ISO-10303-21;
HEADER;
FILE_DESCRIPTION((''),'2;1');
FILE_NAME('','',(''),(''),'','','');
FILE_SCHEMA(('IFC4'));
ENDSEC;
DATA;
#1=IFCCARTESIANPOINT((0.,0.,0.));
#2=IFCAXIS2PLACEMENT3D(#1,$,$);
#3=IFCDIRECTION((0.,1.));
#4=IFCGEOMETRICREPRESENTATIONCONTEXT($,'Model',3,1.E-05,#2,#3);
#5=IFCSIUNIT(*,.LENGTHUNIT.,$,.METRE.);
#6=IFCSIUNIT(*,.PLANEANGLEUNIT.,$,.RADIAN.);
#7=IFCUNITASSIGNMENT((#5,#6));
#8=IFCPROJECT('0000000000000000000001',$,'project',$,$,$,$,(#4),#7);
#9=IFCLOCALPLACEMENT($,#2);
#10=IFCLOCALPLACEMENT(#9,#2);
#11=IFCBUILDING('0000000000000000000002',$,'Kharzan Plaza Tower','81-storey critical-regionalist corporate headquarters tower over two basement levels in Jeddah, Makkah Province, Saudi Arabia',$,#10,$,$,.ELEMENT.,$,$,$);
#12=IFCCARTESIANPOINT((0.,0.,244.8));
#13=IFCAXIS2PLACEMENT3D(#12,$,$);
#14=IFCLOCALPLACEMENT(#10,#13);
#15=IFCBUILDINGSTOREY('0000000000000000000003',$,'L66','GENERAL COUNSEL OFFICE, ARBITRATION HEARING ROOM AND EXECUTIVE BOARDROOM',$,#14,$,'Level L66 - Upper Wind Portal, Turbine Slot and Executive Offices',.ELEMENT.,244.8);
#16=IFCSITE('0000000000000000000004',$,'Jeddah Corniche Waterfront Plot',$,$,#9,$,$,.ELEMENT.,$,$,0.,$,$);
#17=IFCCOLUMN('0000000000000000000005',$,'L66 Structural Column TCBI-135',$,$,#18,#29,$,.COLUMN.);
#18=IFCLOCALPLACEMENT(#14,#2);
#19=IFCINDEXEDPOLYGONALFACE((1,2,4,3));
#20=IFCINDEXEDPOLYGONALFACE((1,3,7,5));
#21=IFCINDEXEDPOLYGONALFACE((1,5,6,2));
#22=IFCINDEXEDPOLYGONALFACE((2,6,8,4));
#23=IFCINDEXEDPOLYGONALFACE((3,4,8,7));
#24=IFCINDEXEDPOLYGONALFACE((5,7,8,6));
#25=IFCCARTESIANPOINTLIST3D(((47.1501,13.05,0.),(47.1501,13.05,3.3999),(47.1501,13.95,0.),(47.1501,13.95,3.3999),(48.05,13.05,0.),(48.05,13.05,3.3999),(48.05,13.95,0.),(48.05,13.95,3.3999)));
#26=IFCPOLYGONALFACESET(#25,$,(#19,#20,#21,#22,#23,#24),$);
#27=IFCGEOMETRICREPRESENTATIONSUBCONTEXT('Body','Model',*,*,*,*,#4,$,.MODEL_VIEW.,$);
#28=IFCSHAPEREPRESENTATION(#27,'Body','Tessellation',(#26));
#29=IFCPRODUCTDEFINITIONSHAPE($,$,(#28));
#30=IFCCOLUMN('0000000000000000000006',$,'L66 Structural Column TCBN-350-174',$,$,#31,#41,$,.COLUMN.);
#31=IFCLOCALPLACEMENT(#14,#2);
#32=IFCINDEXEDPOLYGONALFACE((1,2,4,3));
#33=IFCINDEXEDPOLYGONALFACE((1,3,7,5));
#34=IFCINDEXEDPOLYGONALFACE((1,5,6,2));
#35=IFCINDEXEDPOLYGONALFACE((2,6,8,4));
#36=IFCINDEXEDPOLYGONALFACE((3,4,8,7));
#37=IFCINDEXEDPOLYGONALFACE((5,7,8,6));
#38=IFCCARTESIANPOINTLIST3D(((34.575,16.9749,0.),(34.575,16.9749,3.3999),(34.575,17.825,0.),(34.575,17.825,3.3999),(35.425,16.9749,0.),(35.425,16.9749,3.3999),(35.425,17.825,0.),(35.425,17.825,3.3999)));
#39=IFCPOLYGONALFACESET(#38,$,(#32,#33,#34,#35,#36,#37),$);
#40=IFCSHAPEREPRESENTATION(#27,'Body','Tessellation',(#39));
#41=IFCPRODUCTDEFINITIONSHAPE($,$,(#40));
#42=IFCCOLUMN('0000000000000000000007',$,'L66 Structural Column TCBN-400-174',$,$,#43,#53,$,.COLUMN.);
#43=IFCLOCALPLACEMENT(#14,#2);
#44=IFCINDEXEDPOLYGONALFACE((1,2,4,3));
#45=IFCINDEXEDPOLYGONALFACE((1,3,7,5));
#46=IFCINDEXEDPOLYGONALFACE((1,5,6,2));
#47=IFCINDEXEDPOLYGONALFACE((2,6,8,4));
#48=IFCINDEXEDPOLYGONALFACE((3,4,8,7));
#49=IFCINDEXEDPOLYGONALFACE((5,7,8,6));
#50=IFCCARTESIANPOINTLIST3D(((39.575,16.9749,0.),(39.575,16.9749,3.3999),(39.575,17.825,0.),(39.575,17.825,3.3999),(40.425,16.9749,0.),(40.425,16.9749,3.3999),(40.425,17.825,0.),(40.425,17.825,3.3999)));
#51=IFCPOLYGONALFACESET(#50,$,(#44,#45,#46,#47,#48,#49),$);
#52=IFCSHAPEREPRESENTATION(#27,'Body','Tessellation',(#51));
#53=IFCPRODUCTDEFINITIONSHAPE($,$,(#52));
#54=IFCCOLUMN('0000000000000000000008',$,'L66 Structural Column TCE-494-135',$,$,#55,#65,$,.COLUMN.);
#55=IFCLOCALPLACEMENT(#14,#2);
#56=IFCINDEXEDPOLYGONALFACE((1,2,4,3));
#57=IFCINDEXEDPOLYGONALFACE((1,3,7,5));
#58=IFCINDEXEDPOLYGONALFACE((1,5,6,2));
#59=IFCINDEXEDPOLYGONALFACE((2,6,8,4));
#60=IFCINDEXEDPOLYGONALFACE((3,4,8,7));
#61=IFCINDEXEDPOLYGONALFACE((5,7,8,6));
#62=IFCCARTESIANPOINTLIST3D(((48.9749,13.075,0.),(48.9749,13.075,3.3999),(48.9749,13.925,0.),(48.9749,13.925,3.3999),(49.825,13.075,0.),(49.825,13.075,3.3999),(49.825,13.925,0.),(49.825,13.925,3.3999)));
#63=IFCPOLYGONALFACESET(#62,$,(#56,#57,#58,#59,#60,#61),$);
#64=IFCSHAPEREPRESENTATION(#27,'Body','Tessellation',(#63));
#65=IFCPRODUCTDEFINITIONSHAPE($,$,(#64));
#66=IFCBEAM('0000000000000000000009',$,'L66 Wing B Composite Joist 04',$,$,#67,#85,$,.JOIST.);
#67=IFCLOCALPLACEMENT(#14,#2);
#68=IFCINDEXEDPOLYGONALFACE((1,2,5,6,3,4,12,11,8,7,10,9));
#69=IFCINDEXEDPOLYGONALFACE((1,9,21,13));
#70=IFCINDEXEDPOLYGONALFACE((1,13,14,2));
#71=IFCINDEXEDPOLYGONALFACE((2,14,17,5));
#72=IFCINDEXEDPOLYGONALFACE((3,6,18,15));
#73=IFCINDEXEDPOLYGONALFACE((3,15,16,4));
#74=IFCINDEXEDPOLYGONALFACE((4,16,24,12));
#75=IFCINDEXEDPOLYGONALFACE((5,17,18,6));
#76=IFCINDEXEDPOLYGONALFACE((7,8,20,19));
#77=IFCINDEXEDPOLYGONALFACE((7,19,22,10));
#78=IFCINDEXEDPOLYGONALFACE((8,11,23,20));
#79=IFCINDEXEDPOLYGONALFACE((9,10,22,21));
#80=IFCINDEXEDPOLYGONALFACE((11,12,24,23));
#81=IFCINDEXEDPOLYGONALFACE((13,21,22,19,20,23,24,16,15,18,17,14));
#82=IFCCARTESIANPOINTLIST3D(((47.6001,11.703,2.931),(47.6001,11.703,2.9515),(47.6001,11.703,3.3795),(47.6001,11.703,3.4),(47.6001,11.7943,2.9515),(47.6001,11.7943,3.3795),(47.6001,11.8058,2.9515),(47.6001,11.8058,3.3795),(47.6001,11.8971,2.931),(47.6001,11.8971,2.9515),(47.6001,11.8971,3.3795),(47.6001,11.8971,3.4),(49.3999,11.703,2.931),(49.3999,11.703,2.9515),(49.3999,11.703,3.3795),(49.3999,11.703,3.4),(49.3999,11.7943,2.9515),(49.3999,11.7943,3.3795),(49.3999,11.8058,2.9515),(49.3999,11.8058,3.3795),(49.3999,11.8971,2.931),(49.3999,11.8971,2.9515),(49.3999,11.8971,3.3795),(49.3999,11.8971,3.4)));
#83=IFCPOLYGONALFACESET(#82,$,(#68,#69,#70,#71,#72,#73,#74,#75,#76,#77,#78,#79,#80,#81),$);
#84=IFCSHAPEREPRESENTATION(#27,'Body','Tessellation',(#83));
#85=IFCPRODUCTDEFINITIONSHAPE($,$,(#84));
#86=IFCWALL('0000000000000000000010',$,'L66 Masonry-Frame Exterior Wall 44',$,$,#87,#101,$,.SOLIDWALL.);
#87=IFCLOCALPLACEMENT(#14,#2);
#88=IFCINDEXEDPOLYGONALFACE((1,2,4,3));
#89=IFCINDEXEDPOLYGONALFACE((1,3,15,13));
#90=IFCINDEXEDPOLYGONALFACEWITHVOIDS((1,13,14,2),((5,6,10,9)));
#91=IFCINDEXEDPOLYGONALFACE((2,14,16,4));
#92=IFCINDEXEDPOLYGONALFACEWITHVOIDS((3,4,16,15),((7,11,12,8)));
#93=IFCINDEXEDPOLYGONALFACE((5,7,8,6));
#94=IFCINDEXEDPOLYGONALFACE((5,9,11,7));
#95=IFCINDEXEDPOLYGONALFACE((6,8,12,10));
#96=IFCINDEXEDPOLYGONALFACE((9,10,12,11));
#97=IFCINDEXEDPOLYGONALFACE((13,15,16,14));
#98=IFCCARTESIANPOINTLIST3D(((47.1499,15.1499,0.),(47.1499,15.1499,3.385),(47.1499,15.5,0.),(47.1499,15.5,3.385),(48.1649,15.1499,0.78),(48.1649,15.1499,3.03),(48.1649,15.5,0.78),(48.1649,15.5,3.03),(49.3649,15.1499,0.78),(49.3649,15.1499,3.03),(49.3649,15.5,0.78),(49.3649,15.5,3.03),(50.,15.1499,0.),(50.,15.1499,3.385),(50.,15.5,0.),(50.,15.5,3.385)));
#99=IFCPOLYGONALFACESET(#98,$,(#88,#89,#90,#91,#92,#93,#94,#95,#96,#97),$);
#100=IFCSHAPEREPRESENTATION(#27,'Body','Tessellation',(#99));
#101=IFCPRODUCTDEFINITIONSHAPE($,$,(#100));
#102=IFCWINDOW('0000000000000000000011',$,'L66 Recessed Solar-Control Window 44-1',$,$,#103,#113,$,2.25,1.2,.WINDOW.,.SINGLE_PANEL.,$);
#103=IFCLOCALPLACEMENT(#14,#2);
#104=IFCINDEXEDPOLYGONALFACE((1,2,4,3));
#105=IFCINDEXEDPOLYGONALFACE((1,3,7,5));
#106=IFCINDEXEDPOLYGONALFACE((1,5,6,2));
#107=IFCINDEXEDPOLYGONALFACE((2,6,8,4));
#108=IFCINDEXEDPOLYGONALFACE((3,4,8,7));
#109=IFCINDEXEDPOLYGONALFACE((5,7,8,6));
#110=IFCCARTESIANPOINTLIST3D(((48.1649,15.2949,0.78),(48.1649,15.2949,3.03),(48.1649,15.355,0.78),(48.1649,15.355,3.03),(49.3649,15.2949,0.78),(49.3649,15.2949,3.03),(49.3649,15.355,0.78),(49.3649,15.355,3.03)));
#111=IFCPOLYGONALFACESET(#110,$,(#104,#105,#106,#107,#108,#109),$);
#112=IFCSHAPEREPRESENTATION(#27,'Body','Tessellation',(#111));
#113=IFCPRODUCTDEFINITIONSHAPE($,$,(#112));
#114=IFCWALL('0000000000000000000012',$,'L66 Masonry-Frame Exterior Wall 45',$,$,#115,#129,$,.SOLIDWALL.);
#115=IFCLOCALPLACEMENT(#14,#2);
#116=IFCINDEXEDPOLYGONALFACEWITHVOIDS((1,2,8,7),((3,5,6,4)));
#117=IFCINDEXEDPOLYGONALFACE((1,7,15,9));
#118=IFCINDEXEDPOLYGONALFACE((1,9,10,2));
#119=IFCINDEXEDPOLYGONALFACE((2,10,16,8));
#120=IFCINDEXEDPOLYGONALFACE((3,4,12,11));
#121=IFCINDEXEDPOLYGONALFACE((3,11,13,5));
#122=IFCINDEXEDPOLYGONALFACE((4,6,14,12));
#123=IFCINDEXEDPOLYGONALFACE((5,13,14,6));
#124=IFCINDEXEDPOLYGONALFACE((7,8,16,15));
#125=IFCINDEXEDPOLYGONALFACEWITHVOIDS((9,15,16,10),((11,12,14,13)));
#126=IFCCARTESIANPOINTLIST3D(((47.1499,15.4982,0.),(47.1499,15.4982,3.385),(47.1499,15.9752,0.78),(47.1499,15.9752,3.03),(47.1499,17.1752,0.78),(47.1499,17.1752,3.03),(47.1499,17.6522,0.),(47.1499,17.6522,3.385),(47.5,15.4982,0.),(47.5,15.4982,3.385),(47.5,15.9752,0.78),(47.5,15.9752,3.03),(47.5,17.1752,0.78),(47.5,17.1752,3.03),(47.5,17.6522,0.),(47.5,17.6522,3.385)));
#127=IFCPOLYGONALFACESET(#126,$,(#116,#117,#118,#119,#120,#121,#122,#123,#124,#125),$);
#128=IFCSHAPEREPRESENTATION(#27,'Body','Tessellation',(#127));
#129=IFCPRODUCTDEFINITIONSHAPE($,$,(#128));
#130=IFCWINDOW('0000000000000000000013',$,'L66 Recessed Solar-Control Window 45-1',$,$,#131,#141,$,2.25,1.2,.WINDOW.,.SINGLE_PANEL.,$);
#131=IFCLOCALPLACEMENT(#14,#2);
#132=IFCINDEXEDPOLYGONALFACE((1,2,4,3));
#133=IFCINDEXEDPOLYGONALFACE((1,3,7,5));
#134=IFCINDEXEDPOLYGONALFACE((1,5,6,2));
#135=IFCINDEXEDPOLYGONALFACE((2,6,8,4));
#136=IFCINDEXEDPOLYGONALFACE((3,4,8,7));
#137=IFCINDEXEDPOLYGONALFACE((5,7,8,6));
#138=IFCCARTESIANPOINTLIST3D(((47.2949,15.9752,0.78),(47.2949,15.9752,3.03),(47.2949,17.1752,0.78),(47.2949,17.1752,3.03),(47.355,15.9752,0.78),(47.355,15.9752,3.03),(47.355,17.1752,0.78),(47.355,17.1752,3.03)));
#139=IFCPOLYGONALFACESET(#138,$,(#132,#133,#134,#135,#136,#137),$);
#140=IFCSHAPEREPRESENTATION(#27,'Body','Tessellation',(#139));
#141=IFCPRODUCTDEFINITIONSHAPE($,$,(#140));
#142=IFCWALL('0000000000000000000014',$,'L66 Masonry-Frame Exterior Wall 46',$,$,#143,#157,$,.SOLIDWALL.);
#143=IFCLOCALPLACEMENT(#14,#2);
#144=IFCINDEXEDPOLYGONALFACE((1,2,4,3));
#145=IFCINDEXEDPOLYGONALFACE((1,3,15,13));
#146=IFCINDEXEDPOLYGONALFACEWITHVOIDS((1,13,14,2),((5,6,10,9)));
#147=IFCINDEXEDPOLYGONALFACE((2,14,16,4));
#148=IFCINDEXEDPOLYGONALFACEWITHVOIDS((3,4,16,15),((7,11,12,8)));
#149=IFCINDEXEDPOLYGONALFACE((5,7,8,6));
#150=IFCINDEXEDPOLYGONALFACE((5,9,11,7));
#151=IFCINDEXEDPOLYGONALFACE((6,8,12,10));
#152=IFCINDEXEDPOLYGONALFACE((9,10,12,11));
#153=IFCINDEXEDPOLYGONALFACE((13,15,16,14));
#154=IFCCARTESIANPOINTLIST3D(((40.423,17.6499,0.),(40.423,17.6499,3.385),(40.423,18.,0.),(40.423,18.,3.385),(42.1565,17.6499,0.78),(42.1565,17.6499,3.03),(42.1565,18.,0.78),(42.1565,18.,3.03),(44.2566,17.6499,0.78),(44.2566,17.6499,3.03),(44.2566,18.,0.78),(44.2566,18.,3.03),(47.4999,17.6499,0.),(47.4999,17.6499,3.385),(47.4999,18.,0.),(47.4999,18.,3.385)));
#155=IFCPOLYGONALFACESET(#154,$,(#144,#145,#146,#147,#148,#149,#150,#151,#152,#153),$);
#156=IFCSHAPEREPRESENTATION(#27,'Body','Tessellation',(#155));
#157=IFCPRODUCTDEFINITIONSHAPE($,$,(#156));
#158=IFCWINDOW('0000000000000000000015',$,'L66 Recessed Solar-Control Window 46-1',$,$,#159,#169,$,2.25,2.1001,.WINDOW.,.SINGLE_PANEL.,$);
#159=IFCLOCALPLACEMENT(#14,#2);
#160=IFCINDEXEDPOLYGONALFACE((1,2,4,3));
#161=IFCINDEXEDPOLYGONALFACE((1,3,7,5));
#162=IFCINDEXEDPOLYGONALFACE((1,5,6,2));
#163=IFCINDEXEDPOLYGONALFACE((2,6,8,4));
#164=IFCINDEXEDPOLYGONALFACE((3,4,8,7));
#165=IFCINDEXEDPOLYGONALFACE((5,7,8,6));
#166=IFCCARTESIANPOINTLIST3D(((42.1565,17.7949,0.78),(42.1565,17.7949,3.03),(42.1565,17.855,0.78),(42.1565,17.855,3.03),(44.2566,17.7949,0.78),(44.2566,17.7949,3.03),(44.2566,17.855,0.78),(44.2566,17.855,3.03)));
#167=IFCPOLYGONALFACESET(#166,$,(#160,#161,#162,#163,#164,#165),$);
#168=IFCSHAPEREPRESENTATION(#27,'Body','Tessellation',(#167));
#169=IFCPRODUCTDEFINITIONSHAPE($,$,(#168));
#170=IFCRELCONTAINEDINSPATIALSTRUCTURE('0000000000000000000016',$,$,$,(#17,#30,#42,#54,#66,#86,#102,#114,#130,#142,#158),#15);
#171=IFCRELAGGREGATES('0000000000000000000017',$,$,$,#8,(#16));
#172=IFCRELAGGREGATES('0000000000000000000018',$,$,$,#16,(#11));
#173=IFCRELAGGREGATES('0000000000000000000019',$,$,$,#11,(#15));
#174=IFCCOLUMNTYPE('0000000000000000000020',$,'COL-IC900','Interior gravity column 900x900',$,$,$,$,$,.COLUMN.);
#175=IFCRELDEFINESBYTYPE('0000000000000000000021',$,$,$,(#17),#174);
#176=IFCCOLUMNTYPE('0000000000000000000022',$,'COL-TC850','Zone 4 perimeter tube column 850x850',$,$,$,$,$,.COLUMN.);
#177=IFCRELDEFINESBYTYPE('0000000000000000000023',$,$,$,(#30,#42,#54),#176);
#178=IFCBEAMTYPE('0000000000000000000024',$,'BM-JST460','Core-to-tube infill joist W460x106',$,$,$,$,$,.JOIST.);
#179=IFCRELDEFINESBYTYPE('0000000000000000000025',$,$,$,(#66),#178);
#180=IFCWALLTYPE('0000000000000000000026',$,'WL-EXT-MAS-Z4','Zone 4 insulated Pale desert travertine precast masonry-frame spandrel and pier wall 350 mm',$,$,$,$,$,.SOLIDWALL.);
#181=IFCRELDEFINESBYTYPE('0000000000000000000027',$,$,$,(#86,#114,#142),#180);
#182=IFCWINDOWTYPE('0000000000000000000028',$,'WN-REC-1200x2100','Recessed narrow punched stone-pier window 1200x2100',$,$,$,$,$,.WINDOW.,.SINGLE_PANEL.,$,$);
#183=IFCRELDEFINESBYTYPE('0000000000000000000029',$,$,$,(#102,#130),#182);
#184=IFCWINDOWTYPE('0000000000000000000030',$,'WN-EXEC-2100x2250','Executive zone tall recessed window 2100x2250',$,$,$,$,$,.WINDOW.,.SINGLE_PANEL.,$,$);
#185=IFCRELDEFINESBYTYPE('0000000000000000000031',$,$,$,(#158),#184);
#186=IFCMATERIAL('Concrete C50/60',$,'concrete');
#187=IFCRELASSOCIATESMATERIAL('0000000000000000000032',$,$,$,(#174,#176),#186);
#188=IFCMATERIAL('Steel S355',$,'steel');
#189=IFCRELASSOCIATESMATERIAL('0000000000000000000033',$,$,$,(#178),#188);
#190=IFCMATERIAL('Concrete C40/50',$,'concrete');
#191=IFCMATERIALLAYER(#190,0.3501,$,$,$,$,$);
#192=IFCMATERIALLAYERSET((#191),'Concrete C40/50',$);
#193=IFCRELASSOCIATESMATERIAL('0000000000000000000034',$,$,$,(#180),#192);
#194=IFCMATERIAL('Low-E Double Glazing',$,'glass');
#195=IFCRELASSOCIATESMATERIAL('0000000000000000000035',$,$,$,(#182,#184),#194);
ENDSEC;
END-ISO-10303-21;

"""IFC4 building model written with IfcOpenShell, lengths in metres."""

from ifc_helpers import new_model, si_unit, direction, frame, frame_2d, origin, origin_2d, place, context, subcontext, project, spatial, rectangle, i_section, extrude, source, transform, mapped, material, layer, layer_set, material_profile, profile_set, type_object, element, fill, save


model = new_model("IFC4")

# Units and contexts
model_context = context("Model", 3, precision=1e-05, world=origin(), true_north=direction((0.0, 1.0)))
body_context = subcontext(model_context, "Body", "Model", "MODEL_VIEW")
ifc_project = project(units=[si_unit("LENGTHUNIT", "METRE"), si_unit("PLANEANGLEUNIT", "RADIAN")], contexts=[model_context])

# Site, building, storey
site_placement = place(None, origin())
site = spatial("IfcSite", under=ifc_project, at=site_placement, Name="Jeddah Corniche Waterfront Plot", CompositionType="ELEMENT", RefElevation=0.0)
building_placement = place(site_placement, origin())
building = spatial("IfcBuilding", under=site, at=building_placement, Name="Kharzan Plaza Tower", Description="81-storey critical-regionalist corporate headquarters tower over two basement levels in Jeddah, Makkah Province, Saudi Arabia", CompositionType="ELEMENT")
storey_placement = place(building_placement, frame((0.0, 0.0, 244.8)))
storey = spatial("IfcBuildingStorey", under=building, at=storey_placement, Name="L66", Description="GENERAL COUNSEL OFFICE, ARBITRATION HEARING ROOM AND EXECUTIVE BOARDROOM", LongName="Level L66 - Upper Wind Portal, Turbine Slot and Executive Offices", CompositionType="ELEMENT", Elevation=244.8)

# Columns
ifc_material_1 = material(Name="Concrete C50/60", Category="concrete")
ifc_material_profile_1 = material_profile(ifc_material_1, rectangle(XDim=0.8999, YDim=0.8999, at=origin_2d()), Name="RC-IC900x900")
ifc_profile_set_1 = profile_set([ifc_material_profile_1], Name="Concrete C50/60")
column_type_1 = type_object("IfcColumnType", Name="COL-IC900", Description="Interior gravity column 900x900", PredefinedType="COLUMN", material=ifc_profile_set_1)
shared_shape_1 = source(origin(), body_context, "Body", "SweptSolid", [
    extrude(rectangle(XDim=0.8999, YDim=0.8999, at=origin_2d()), origin(), (0.0, 0.0, 1.0), 3.3999),
])
column_placement = place(storey_placement, frame((47.6001, 13.5, 0.0), z_axis=(0.0, 0.0, 1.0), x_axis=(1.0, 0.0, 0.0)))
element("IfcColumn", 1, at=column_placement, inside=storey, type_object=column_type_1, Name="L66 Structural Column TCBI-135", PredefinedType="COLUMN", context=body_context, shape_type="MappedRepresentation", body=[
    mapped(shared_shape_1, transform((0.0, 0.0, 0.0), x_axis=(1.0, 0.0, 0.0), y_axis=(0.0, 1.0, 0.0), z_axis=(0.0, 0.0, 1.0))),
])
ifc_material_profile_2 = material_profile(ifc_material_1, rectangle(XDim=0.8501, YDim=0.8501, at=origin_2d()), Name="RC-TC850x850")
ifc_profile_set_2 = profile_set([ifc_material_profile_2], Name="Concrete C50/60")
column_type_2 = type_object("IfcColumnType", Name="COL-TC850", Description="Zone 4 perimeter tube column 850x850", PredefinedType="COLUMN", material=ifc_profile_set_2)
shared_shape_2 = source(origin(), body_context, "Body", "SweptSolid", [
    extrude(rectangle(XDim=0.8501, YDim=0.8501, at=origin_2d()), origin(), (0.0, 0.0, 1.0), 3.3999),
])
for number, where, z_axis, x_axis, name in (
    (2, (35.0, 17.3999, 0.0), (0.0, 0.0, 1.0), (1.0, 0.0, 0.0), "L66 Structural Column TCBN-350-174"),
    (3, (40.0, 17.3999, 0.0), (0.0, 0.0, 1.0), (1.0, 0.0, 0.0), "L66 Structural Column TCBN-400-174"),
    (4, (49.3999, 13.5, 0.0), (0.0, 0.0, 1.0), (1.0, 0.0, 0.0), "L66 Structural Column TCE-494-135"),
):
    element("IfcColumn", number, at=place(storey_placement, frame(where, z_axis=z_axis, x_axis=x_axis)), inside=storey, type_object=column_type_2, Name=name, PredefinedType="COLUMN", context=body_context, shape_type="MappedRepresentation", body=[
        mapped(shared_shape_2, transform((0.0, 0.0, 0.0), x_axis=(1.0, 0.0, 0.0), y_axis=(0.0, 1.0, 0.0), z_axis=(0.0, 0.0, 1.0))),
    ])

# Beam
ifc_material_2 = material(Name="Steel S355", Category="steel")
ifc_material_profile_3 = material_profile(ifc_material_2, i_section(OverallWidth=0.1941, OverallDepth=0.469, WebThickness=0.0115, FlangeThickness=0.0205, at=origin_2d()), Name="W460x106")
ifc_profile_set_3 = profile_set([ifc_material_profile_3], Name="Steel S355")
beam_type = type_object("IfcBeamType", Name="BM-JST460", Description="Core-to-tube infill joist W460x106", PredefinedType="JOIST", material=ifc_profile_set_3)
shared_shape_3 = source(origin(), body_context, "Body", "SweptSolid", [
    extrude(i_section(OverallWidth=0.1941, OverallDepth=0.469, WebThickness=0.0115, FlangeThickness=0.0205, at=origin_2d()), origin(), (0.0, 0.0, 1.0), 1.7998),
])
beam_placement = place(storey_placement, frame((47.6001, 11.8, 3.1655), z_axis=(1.0, 0.0, 0.0), x_axis=(0.0, 1.0, 0.0)))
element("IfcBeam", 5, at=beam_placement, inside=storey, type_object=beam_type, Name="L66 Wing B Composite Joist 04", PredefinedType="JOIST", context=body_context, shape_type="MappedRepresentation", body=[
    mapped(shared_shape_3, transform((0.0, 0.0, 0.0), x_axis=(1.0, 0.0, 0.0), y_axis=(0.0, 1.0, 0.0), z_axis=(0.0, 0.0, 1.0))),
])

# Walls, openings, windows
ifc_material_3 = material(Name="Concrete C40/50", Category="concrete")
ifc_layer_1 = layer(ifc_material_3, 0.3501)
ifc_layer_set_1 = layer_set([ifc_layer_1], Name="Concrete C40/50")
wall_type_1 = type_object("IfcWallType", Name="WL-EXT-MAS-Z4", Description="Zone 4 insulated Pale desert travertine precast masonry-frame spandrel and pier wall 350 mm", PredefinedType="SOLIDWALL", material=ifc_layer_set_1)
wall_1_placement = place(storey_placement, frame((50.0, 15.325, 0.0), z_axis=(0.0, 0.0, 1.0), x_axis=(-1.0, 0.0, 0.0)))
wall_1 = element("IfcWall", 6, at=wall_1_placement, inside=storey, type_object=wall_type_1, Name="L66 Masonry-Frame Exterior Wall 44", PredefinedType="SOLIDWALL", context=body_context, shape_type="SweptSolid", body=[
    extrude(rectangle(XDim=2.8501, YDim=0.3501, at=frame_2d((1.425, 0.0))), origin(), (0.0, 0.0, 1.0), 3.385),
])
opening_1_placement = place(wall_1_placement, frame((0.635, 0.0, 0.78)))
opening_1 = element("IfcOpeningElement", 7, at=opening_1_placement, cuts=wall_1, PredefinedType="OPENING", context=body_context, shape_type="SweptSolid", body=[
    extrude(rectangle(XDim=1.2, YDim=2.25, at=frame_2d((0.6001, 1.125))), frame((0.0, 0.1851, 0.0), z_axis=(0.0, -1.0, 0.0), x_axis=(1.0, 0.0, 0.0)), (0.0, 0.0, 1.0), 0.3701),
])
ifc_material_4 = material(Name="Low-E Double Glazing", Category="glass")
window_type_1 = type_object("IfcWindowType", Name="WN-REC-1200x2100", Description="Recessed narrow punched stone-pier window 1200x2100", PartitioningType="SINGLE_PANEL", PredefinedType="WINDOW", material=ifc_material_4)
shared_shape_4 = source(origin(), body_context, "Body", "SweptSolid", [
    extrude(rectangle(XDim=1.2, YDim=2.25, at=frame_2d((0.6001, 1.125))), frame((0.0, 0.03, 0.0), z_axis=(0.0, -1.0, 0.0), x_axis=(1.0, 0.0, 0.0)), (0.0, 0.0, 1.0), 0.0601),
])
window_1_placement = place(opening_1_placement, origin())
window_1 = element("IfcWindow", 8, at=window_1_placement, inside=storey, type_object=window_type_1, Name="L66 Recessed Solar-Control Window 44-1", OverallHeight=2.25, OverallWidth=1.2, PartitioningType="SINGLE_PANEL", PredefinedType="WINDOW", context=body_context, shape_type="MappedRepresentation", body=[
    mapped(shared_shape_4, transform((0.0, 0.0, 0.0), x_axis=(1.0, 0.0, 0.0), y_axis=(0.0, 1.0, 0.0), z_axis=(0.0, 0.0, 1.0))),
])
fill(opening_1, window_1)
wall_2_placement = place(storey_placement, frame((47.325, 15.498, 0.0), z_axis=(0.0, 0.0, 1.0), x_axis=(0.0, 1.0, 0.0)))
wall_2 = element("IfcWall", 9, at=wall_2_placement, inside=storey, type_object=wall_type_1, Name="L66 Masonry-Frame Exterior Wall 45", PredefinedType="SOLIDWALL", context=body_context, shape_type="SweptSolid", body=[
    extrude(rectangle(XDim=2.1541, YDim=0.3501, at=frame_2d((1.0771, 0.0))), origin(), (0.0, 0.0, 1.0), 3.385),
])
opening_2_placement = place(wall_2_placement, frame((0.4771, 0.0, 0.78)))
opening_2 = element("IfcOpeningElement", 10, at=opening_2_placement, cuts=wall_2, PredefinedType="OPENING", context=body_context, shape_type="SweptSolid", body=[
    extrude(rectangle(XDim=1.2, YDim=2.25, at=frame_2d((0.6001, 1.125))), frame((0.0, 0.1851, 0.0), z_axis=(0.0, -1.0, 0.0), x_axis=(1.0, 0.0, 0.0)), (0.0, 0.0, 1.0), 0.3701),
])
window_2_placement = place(opening_2_placement, origin())
window_2 = element("IfcWindow", 11, at=window_2_placement, inside=storey, type_object=window_type_1, Name="L66 Recessed Solar-Control Window 45-1", OverallHeight=2.25, OverallWidth=1.2, PartitioningType="SINGLE_PANEL", PredefinedType="WINDOW", context=body_context, shape_type="MappedRepresentation", body=[
    mapped(shared_shape_4, transform((0.0, 0.0, 0.0), x_axis=(1.0, 0.0, 0.0), y_axis=(0.0, 1.0, 0.0), z_axis=(0.0, 0.0, 1.0))),
])
fill(opening_2, window_2)
wall_3_placement = place(storey_placement, frame((47.5, 17.825, 0.0), z_axis=(0.0, 0.0, 1.0), x_axis=(-1.0, 0.0, 0.0)))
wall_3 = element("IfcWall", 12, at=wall_3_placement, inside=storey, type_object=wall_type_1, Name="L66 Masonry-Frame Exterior Wall 46", PredefinedType="SOLIDWALL", context=body_context, shape_type="SweptSolid", body=[
    extrude(rectangle(XDim=7.0769, YDim=0.3501, at=frame_2d((3.5386, 0.0))), origin(), (0.0, 0.0, 1.0), 3.385),
])
opening_3_placement = place(wall_3_placement, frame((3.2434, 0.0, 0.78)))
opening_3 = element("IfcOpeningElement", 13, at=opening_3_placement, cuts=wall_3, PredefinedType="OPENING", context=body_context, shape_type="SweptSolid", body=[
    extrude(rectangle(XDim=2.1001, YDim=2.25, at=frame_2d((1.05, 1.125))), frame((0.0, 0.1851, 0.0), z_axis=(0.0, -1.0, 0.0), x_axis=(1.0, 0.0, 0.0)), (0.0, 0.0, 1.0), 0.3701),
])
window_type_2 = type_object("IfcWindowType", Name="WN-EXEC-2100x2250", Description="Executive zone tall recessed window 2100x2250", PartitioningType="SINGLE_PANEL", PredefinedType="WINDOW", material=ifc_material_4)
shared_shape_5 = source(origin(), body_context, "Body", "SweptSolid", [
    extrude(rectangle(XDim=2.1001, YDim=2.25, at=frame_2d((1.05, 1.125))), frame((0.0, 0.03, 0.0), z_axis=(0.0, -1.0, 0.0), x_axis=(1.0, 0.0, 0.0)), (0.0, 0.0, 1.0), 0.0601),
])
window_3_placement = place(opening_3_placement, origin())
window_3 = element("IfcWindow", 14, at=window_3_placement, inside=storey, type_object=window_type_2, Name="L66 Recessed Solar-Control Window 46-1", OverallHeight=2.25, OverallWidth=2.1001, PartitioningType="SINGLE_PANEL", PredefinedType="WINDOW", context=body_context, shape_type="MappedRepresentation", body=[
    mapped(shared_shape_5, transform((0.0, 0.0, 0.0), x_axis=(1.0, 0.0, 0.0), y_axis=(0.0, 1.0, 0.0), z_axis=(0.0, 0.0, 1.0))),
])
fill(opening_3, window_3)

save(model, "model.ifc")
